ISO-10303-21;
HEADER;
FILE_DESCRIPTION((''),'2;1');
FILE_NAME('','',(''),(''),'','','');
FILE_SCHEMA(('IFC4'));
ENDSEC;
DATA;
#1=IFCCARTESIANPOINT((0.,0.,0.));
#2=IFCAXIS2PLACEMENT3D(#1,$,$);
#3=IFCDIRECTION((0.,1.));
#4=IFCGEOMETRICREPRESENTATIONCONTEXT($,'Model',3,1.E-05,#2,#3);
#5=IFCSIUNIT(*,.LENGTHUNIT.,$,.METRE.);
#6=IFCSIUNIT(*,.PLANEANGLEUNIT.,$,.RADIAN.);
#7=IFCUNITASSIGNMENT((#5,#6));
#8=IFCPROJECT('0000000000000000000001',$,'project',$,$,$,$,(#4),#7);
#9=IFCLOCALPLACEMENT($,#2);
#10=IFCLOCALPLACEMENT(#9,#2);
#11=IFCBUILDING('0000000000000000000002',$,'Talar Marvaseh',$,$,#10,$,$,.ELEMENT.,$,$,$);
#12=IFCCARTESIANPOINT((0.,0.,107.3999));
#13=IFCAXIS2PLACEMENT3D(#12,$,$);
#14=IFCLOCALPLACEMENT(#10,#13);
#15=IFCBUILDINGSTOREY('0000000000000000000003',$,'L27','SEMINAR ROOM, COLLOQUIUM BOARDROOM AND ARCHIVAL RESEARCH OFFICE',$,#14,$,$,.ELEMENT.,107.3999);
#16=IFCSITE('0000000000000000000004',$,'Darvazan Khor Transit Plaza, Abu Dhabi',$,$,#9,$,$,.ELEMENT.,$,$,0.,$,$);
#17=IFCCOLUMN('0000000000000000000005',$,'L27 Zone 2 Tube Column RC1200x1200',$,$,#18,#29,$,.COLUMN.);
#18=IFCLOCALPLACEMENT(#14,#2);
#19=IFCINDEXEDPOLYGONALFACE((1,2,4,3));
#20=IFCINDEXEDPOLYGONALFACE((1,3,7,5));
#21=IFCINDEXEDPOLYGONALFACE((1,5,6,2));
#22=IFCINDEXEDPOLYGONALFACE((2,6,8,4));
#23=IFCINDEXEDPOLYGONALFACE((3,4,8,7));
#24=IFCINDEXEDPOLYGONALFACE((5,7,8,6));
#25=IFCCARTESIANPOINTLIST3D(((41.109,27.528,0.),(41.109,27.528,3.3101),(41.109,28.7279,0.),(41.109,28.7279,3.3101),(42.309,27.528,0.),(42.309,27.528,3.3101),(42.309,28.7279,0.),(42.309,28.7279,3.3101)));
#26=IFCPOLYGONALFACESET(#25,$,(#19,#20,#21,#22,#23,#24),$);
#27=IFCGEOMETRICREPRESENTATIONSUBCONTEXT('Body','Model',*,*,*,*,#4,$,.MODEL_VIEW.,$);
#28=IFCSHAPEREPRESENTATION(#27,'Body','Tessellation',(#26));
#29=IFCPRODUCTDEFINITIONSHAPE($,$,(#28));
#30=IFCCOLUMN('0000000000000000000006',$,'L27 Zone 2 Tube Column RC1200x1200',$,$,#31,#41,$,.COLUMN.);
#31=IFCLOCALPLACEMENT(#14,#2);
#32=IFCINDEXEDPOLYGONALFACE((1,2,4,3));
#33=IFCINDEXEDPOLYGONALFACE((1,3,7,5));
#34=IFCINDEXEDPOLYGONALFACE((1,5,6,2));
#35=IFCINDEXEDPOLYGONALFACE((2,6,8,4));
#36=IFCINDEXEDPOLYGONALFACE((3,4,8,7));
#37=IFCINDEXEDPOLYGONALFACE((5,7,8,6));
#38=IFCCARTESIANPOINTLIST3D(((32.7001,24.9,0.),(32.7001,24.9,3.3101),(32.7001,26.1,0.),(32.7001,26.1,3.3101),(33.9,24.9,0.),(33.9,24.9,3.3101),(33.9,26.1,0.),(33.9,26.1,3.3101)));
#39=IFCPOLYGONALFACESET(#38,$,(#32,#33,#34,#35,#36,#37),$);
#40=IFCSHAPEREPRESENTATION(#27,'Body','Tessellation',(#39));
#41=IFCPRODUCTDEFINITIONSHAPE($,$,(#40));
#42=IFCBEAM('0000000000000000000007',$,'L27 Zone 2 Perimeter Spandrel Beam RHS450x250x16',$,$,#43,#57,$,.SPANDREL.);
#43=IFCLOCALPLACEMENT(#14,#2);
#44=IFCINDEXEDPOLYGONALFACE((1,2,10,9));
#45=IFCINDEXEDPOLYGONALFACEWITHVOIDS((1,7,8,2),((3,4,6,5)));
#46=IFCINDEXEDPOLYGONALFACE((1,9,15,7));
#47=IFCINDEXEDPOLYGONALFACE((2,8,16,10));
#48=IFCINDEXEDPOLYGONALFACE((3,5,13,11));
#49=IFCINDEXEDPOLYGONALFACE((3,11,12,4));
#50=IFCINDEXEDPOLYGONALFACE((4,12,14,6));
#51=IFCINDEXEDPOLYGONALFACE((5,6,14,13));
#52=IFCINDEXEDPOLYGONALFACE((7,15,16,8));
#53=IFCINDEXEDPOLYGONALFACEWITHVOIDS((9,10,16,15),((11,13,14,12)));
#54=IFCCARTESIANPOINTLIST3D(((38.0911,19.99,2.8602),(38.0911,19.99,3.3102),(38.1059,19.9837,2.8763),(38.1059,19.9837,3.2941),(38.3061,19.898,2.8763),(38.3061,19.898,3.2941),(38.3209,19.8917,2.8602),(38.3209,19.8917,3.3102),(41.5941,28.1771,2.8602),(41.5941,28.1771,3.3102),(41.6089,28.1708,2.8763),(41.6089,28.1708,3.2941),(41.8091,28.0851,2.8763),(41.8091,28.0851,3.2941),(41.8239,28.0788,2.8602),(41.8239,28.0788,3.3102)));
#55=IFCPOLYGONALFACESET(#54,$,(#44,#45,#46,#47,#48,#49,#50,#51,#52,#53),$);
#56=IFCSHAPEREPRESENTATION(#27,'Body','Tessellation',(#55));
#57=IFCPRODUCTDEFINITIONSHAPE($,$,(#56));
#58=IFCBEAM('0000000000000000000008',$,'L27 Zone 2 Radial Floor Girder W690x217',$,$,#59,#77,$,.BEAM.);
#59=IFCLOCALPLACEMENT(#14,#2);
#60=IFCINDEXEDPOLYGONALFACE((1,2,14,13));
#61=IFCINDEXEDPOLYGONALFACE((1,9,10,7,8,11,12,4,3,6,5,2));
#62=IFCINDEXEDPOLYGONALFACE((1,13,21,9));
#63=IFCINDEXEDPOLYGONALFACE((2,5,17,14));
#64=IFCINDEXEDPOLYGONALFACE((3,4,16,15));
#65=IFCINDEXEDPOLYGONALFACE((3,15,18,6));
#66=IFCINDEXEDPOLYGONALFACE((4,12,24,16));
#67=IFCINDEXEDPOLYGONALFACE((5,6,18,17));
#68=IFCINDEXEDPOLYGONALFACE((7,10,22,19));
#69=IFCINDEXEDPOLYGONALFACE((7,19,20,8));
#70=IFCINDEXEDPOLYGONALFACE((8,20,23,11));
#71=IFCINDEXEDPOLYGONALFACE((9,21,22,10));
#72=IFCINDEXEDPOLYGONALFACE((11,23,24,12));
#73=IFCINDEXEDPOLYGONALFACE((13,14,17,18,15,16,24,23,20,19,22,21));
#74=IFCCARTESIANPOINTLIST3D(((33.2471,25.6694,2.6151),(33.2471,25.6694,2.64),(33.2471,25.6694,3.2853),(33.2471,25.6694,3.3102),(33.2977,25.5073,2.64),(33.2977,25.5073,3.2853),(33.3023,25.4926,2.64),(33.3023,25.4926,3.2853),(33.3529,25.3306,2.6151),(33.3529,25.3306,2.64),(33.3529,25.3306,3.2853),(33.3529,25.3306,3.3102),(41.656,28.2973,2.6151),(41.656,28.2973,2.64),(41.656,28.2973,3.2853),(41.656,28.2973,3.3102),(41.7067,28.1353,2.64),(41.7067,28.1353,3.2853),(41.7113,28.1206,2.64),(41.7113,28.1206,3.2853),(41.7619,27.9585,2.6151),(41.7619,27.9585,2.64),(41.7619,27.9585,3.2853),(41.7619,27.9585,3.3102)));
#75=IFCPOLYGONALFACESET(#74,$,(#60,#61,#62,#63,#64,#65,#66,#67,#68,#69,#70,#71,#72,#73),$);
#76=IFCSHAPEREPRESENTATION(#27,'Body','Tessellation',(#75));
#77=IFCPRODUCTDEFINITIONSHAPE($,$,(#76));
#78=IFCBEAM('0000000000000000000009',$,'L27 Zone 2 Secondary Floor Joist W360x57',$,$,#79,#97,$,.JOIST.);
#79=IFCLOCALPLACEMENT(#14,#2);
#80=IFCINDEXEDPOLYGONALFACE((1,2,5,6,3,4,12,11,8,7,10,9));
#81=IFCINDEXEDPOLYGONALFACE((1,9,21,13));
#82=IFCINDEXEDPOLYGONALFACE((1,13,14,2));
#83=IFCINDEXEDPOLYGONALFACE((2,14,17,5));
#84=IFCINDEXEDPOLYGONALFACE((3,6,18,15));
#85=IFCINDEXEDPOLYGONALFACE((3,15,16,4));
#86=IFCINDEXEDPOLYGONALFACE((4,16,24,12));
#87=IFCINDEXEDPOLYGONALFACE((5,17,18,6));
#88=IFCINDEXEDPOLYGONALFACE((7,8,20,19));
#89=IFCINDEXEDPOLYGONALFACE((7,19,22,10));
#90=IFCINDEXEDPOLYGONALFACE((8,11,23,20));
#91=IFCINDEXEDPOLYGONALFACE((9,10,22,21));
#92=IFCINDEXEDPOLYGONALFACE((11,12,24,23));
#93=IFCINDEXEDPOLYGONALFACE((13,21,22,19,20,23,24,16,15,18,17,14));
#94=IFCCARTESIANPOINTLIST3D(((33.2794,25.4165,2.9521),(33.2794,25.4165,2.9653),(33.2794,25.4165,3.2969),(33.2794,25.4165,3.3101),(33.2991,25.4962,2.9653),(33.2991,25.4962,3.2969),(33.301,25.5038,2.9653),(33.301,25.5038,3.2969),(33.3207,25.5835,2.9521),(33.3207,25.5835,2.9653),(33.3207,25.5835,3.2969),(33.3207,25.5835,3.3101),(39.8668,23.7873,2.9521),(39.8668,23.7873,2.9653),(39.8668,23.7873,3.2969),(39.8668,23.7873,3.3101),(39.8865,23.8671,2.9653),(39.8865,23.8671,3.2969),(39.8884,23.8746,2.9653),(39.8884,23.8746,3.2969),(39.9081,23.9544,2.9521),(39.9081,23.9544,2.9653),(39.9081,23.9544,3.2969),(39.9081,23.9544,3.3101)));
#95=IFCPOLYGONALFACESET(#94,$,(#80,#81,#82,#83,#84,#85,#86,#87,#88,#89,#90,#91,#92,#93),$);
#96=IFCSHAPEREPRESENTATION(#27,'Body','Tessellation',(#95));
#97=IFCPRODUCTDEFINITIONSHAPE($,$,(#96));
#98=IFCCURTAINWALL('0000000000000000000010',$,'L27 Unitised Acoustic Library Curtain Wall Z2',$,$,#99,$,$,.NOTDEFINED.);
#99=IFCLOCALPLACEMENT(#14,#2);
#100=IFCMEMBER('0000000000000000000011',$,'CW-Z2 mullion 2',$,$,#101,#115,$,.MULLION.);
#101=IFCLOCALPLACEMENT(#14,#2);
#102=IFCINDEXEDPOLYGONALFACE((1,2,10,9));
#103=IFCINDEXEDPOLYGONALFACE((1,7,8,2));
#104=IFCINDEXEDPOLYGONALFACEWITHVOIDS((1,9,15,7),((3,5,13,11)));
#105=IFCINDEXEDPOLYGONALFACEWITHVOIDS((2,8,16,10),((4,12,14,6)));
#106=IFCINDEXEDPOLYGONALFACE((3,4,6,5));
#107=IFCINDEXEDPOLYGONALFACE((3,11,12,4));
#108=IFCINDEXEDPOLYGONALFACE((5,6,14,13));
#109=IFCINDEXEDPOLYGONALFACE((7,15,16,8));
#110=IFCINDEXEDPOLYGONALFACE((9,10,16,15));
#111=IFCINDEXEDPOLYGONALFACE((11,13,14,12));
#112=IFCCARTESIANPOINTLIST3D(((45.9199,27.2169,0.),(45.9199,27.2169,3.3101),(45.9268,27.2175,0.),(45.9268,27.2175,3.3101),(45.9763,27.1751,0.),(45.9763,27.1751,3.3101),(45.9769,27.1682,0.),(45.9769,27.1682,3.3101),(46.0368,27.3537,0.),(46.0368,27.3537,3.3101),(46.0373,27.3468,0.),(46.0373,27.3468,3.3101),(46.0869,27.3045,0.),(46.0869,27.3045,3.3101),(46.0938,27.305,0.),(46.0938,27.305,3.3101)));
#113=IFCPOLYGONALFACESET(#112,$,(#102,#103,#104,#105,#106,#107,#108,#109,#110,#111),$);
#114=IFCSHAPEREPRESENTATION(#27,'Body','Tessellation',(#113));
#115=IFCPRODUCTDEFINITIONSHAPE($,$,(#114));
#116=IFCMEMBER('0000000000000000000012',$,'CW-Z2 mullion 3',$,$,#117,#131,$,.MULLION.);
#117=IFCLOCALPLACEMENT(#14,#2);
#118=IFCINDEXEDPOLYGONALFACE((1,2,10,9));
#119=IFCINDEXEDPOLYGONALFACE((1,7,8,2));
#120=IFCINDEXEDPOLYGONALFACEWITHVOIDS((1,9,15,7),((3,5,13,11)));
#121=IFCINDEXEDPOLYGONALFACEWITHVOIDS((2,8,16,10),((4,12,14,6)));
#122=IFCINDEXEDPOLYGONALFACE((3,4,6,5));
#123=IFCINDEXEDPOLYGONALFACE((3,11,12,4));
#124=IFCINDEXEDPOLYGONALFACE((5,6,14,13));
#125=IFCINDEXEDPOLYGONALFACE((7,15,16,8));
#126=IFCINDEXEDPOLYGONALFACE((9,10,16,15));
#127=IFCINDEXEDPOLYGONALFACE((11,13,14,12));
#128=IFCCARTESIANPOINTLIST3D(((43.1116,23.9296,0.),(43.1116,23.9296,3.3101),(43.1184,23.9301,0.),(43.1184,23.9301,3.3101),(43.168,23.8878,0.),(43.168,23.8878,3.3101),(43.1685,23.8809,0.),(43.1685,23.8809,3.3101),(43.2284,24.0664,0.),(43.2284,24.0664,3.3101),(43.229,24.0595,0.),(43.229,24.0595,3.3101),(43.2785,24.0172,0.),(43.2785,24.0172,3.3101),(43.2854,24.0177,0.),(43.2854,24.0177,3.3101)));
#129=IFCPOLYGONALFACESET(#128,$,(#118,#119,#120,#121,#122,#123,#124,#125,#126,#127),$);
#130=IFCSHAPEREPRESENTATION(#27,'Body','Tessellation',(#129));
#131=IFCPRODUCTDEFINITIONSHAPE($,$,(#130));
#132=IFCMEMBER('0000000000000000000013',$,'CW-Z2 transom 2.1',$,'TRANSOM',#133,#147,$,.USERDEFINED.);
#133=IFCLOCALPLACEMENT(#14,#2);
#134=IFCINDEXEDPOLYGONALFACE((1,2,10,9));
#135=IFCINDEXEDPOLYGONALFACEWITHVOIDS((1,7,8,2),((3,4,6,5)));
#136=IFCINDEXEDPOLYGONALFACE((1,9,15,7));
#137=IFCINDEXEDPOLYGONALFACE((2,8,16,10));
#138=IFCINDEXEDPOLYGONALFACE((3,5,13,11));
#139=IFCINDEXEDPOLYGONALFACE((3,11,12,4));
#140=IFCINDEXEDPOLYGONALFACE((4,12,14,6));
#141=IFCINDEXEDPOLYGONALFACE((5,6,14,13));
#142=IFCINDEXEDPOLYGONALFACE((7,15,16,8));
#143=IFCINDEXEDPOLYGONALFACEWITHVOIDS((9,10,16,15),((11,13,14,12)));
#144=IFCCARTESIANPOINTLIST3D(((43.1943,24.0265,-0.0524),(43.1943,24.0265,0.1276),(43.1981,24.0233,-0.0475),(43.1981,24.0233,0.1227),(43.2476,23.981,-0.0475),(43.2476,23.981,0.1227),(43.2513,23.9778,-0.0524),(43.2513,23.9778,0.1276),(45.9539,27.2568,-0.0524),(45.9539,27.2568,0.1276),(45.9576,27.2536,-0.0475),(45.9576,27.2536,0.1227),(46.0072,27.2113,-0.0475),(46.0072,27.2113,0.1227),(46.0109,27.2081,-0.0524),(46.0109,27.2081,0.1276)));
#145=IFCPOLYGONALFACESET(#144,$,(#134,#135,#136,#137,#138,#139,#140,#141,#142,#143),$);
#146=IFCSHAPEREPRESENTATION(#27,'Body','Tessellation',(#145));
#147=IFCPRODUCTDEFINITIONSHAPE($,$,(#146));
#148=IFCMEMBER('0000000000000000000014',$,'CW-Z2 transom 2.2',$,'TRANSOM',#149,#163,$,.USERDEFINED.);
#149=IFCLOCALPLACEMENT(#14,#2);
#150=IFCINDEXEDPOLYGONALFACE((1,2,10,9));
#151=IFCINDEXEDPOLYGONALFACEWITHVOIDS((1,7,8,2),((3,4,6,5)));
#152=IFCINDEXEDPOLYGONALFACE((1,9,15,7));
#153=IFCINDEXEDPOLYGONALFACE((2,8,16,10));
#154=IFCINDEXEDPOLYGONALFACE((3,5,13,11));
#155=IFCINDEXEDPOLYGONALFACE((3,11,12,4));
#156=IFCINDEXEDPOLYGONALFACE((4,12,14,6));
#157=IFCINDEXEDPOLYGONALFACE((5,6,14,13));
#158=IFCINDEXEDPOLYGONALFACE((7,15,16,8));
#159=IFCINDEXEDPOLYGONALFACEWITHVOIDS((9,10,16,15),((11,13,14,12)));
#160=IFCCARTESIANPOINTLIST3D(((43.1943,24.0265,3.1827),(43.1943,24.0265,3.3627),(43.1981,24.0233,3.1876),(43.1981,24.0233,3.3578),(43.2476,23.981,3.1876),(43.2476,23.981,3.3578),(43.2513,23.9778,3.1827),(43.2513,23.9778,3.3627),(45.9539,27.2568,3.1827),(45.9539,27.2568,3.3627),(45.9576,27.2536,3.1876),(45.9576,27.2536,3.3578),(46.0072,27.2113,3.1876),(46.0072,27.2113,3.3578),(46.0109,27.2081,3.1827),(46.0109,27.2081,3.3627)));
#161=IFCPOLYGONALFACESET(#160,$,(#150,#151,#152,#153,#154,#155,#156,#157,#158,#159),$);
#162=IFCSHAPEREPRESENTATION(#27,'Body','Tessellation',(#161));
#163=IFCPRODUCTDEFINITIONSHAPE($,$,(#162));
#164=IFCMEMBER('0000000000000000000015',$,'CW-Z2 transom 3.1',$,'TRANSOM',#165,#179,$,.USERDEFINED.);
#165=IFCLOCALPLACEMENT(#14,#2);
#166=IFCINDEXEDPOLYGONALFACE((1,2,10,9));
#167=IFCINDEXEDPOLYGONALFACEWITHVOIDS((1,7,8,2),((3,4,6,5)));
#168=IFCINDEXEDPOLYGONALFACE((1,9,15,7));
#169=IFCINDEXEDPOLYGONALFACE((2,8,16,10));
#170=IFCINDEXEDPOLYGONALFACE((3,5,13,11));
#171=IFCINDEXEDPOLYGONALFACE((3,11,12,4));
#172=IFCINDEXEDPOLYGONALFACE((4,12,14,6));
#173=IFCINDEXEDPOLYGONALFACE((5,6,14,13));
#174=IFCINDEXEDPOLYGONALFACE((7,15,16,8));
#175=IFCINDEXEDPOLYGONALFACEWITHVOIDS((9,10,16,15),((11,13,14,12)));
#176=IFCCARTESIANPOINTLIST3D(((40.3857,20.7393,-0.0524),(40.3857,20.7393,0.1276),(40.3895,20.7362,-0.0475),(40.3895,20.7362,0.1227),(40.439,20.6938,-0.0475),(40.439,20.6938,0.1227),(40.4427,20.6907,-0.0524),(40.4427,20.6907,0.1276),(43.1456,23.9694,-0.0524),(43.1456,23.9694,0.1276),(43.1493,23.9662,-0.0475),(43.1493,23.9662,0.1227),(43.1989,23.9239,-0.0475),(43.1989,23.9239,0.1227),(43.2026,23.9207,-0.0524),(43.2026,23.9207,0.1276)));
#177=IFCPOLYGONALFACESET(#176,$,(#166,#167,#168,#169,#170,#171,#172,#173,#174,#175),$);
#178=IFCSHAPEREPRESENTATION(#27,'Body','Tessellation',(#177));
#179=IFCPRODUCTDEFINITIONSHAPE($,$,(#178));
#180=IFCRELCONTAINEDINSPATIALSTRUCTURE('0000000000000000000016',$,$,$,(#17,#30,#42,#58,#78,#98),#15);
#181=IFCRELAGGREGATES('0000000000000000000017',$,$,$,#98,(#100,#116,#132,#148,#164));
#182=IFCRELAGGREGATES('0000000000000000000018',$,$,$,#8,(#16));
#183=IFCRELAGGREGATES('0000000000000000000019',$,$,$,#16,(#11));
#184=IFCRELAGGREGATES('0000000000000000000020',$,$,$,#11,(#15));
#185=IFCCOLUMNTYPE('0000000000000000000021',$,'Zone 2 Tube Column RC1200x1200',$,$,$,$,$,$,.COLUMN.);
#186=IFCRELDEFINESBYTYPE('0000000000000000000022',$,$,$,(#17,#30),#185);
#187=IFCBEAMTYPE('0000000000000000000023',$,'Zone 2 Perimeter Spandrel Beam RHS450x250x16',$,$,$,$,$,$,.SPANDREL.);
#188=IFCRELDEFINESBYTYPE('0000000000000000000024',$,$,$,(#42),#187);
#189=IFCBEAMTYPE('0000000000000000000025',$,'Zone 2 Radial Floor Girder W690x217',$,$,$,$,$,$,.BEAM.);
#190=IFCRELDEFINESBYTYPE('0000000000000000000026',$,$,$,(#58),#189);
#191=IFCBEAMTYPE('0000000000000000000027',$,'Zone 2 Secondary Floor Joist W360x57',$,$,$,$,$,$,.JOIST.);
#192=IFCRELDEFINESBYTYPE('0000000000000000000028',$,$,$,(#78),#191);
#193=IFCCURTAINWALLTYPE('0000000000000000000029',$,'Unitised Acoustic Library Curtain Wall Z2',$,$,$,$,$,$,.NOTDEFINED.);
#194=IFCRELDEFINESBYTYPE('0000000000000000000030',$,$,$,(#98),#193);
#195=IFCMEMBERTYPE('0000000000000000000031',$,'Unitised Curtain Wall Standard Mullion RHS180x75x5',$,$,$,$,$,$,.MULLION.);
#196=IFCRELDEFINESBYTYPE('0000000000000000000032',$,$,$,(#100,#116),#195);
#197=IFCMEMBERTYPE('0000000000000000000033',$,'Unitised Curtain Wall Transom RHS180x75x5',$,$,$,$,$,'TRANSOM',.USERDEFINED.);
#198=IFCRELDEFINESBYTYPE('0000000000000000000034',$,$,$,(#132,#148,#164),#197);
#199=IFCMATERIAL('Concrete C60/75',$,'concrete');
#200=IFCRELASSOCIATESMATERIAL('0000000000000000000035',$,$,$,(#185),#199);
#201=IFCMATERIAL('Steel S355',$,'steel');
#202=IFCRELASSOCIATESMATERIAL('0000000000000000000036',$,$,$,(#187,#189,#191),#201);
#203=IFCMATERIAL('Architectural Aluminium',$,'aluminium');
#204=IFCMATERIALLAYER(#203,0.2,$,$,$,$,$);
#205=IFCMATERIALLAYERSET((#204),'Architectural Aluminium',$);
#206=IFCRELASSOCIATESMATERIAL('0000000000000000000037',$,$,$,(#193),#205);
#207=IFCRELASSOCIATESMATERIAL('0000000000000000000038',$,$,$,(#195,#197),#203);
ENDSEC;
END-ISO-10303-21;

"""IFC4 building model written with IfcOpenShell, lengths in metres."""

from ifc_helpers import new_model, si_unit, direction, frame, origin, origin_2d, place, context, subcontext, project, spatial, rectangle, hollow_rectangle, i_section, extrude, source, transform, mapped, material, layer, layer_set, material_profile, profile_set, type_object, type_shapes, element, aggregate, save


model = new_model("IFC4")

# Units and contexts
model_context = context("Model", 3, precision=1e-05, world=origin(), true_north=direction((0.0, 1.0)))
body_context = subcontext(model_context, "Body", "Model", "MODEL_VIEW")
ifc_project = project(units=[si_unit("LENGTHUNIT", "METRE"), si_unit("PLANEANGLEUNIT", "RADIAN")], contexts=[model_context])

# Site, building, storey
site_placement = place(None, origin())
site = spatial("IfcSite", under=ifc_project, at=site_placement, Name="Darvazan Khor Transit Plaza, Abu Dhabi", CompositionType="ELEMENT", RefElevation=0.0)
building_placement = place(site_placement, origin())
building = spatial("IfcBuilding", under=site, at=building_placement, Name="Talar Marvaseh", CompositionType="ELEMENT")
storey_placement = place(building_placement, frame((0.0, 0.0, 107.3999)))
storey = spatial("IfcBuildingStorey", under=building, at=storey_placement, Name="L27", Description="SEMINAR ROOM, COLLOQUIUM BOARDROOM AND ARCHIVAL RESEARCH OFFICE", CompositionType="ELEMENT", Elevation=107.3999)

# Columns
ifc_material_1 = material(Name="Concrete C60/75", Category="concrete")
ifc_material_profile_1 = material_profile(ifc_material_1, rectangle(XDim=1.2, YDim=1.2, at=origin_2d()), Name="RC1200x1200")
ifc_profile_set_1 = profile_set([ifc_material_profile_1], Name="Concrete C60/75")
column_type = type_object("IfcColumnType", Name="Zone 2 Tube Column RC1200x1200", PredefinedType="COLUMN", material=ifc_profile_set_1)
for number, where, z_axis, x_axis, name in (
    (1, (41.709, 28.1279, 0.0), (0.0, 0.0, 1.0), (1.0, 0.0, 0.0), "L27 Zone 2 Tube Column RC1200x1200"),
    (2, (33.3, 25.5, 0.0), (0.0, 0.0, 1.0), (1.0, 0.0, 0.0), "L27 Zone 2 Tube Column RC1200x1200"),
):
    element("IfcColumn", number, at=place(storey_placement, frame(where, z_axis=z_axis, x_axis=x_axis)), inside=storey, type_object=column_type, Name=name, PredefinedType="COLUMN", context=body_context, shape_type="SweptSolid", body=[
        extrude(rectangle(XDim=1.2, YDim=1.2, at=origin_2d()), origin(), (0.0, 0.0, 1.0), 3.3101),
    ])

# Beams
ifc_material_2 = material(Name="Steel S355", Category="steel")
ifc_material_profile_2 = material_profile(ifc_material_2, hollow_rectangle(XDim=0.25, YDim=0.45, WallThickness=0.0161, at=origin_2d()), Name="RHS450x250x16")
ifc_profile_set_2 = profile_set([ifc_material_profile_2], Name="Steel S355")
beam_type_1 = type_object("IfcBeamType", Name="Zone 2 Perimeter Spandrel Beam RHS450x250x16", PredefinedType="SPANDREL", material=ifc_profile_set_2)
beam_1_placement = place(storey_placement, frame((41.709, 28.1279, 3.0852), z_axis=(-0.39337, -0.91938, 0.0), x_axis=(0.91938, -0.39337, 0.0)))
element("IfcBeam", 3, at=beam_1_placement, inside=storey, type_object=beam_type_1, Name="L27 Zone 2 Perimeter Spandrel Beam RHS450x250x16", PredefinedType="SPANDREL", context=body_context, shape_type="SweptSolid", body=[
    extrude(hollow_rectangle(XDim=0.25, YDim=0.45, WallThickness=0.0161, at=origin_2d()), origin(), (0.0, 0.0, 1.0), 8.905),
])
ifc_material_profile_3 = material_profile(ifc_material_2, i_section(OverallWidth=0.355, OverallDepth=0.6951, WebThickness=0.0154, FlangeThickness=0.0249, at=origin_2d()), Name="W690x217")
ifc_profile_set_3 = profile_set([ifc_material_profile_3], Name="Steel S355")
beam_type_2 = type_object("IfcBeamType", Name="Zone 2 Radial Floor Girder W690x217", PredefinedType="BEAM", material=ifc_profile_set_3)
beam_2_placement = place(storey_placement, frame((41.709, 28.1279, 2.9626), z_axis=(-0.954476, -0.298289, 0.0), x_axis=(0.298289, -0.954476, 0.0)))
element("IfcBeam", 4, at=beam_2_placement, inside=storey, type_object=beam_type_2, Name="L27 Zone 2 Radial Floor Girder W690x217", PredefinedType="BEAM", context=body_context, shape_type="SweptSolid", body=[
    extrude(i_section(OverallWidth=0.355, OverallDepth=0.6951, WebThickness=0.0154, FlangeThickness=0.0249, at=origin_2d()), origin(), (0.0, 0.0, 1.0), 8.8101),
])
ifc_material_profile_4 = material_profile(ifc_material_2, i_section(OverallWidth=0.1721, OverallDepth=0.3579, WebThickness=0.0078, FlangeThickness=0.0132, at=origin_2d()), Name="W360x57")
ifc_profile_set_4 = profile_set([ifc_material_profile_4], Name="Steel S355")
beam_type_3 = type_object("IfcBeamType", Name="Zone 2 Secondary Floor Joist W360x57", PredefinedType="JOIST", material=ifc_profile_set_4)
beam_3_placement = place(storey_placement, frame((39.8875, 23.8708, 3.1311), z_axis=(-0.970753, 0.24008, 0.0), x_axis=(-0.24008, -0.970753, 0.0)))
element("IfcBeam", 5, at=beam_3_placement, inside=storey, type_object=beam_type_3, Name="L27 Zone 2 Secondary Floor Joist W360x57", PredefinedType="JOIST", context=body_context, shape_type="SweptSolid", body=[
    extrude(i_section(OverallWidth=0.1721, OverallDepth=0.3579, WebThickness=0.0078, FlangeThickness=0.0132, at=origin_2d()), origin(), (0.0, 0.0, 1.0), 6.7859),
])

# Curtain wall, members
ifc_material_3 = material(Name="Architectural Aluminium", Category="aluminium")
ifc_layer_1 = layer(ifc_material_3, 0.2)
ifc_layer_set_1 = layer_set([ifc_layer_1], Name="Architectural Aluminium")
curtain_wall_type = type_object("IfcCurtainWallType", Name="Unitised Acoustic Library Curtain Wall Z2", PredefinedType="NOTDEFINED", material=ifc_layer_set_1)
curtain_wall_placement = place(storey_placement, origin())
curtain_wall = element("IfcCurtainWall", 6, at=curtain_wall_placement, inside=storey, type_object=curtain_wall_type, Name="L27 Unitised Acoustic Library Curtain Wall Z2", PredefinedType="NOTDEFINED")
ifc_material_profile_5 = material_profile(ifc_material_3, hollow_rectangle(XDim=0.075, YDim=0.1799, WallThickness=0.0049, at=origin_2d()), Name="RHS180x75x5")
ifc_profile_set_5 = profile_set([ifc_material_profile_5], Name="Architectural Aluminium")
member_type_1 = type_object("IfcMemberType", Name="Unitised Curtain Wall Standard Mullion RHS180x75x5", PredefinedType="MULLION", material=ifc_profile_set_5)
shared_shape_1 = source(origin(), body_context, "Body", "SweptSolid", [
    extrude(hollow_rectangle(XDim=0.075, YDim=0.1799, WallThickness=0.0049, at=origin_2d()), origin(), (0.0, 0.0, 1.0), 3.3101),
])
type_shapes(member_type_1, [shared_shape_1])
member_1_placement = place(storey_placement, frame((46.0068, 27.261, 0.0), z_axis=(0.0, 0.0, 1.0), x_axis=(0.760305, -0.649567, 0.0)))
member_1 = element("IfcMember", 7, at=member_1_placement, type_object=member_type_1, Name="CW-Z2 mullion 2", PredefinedType="MULLION", context=body_context, shape_type="MappedRepresentation", body=[
    mapped(shared_shape_1, transform((0.0, 0.0, 0.0), x_axis=(1.0, 0.0, 0.0), y_axis=(0.0, 1.0, 0.0), z_axis=(0.0, 0.0, 1.0), scale=1.0)),
])
member_2_placement = place(storey_placement, frame((43.1985, 23.9736, 0.0), z_axis=(0.0, 0.0, 1.0), x_axis=(0.760305, -0.649567, 0.0)))
member_2 = element("IfcMember", 8, at=member_2_placement, type_object=member_type_1, Name="CW-Z2 mullion 3", PredefinedType="MULLION", context=body_context, shape_type="MappedRepresentation", body=[
    mapped(shared_shape_1, transform((0.0, 0.0, 0.0), x_axis=(1.0, 0.0, 0.0), y_axis=(0.0, 1.0, 0.0), z_axis=(0.0, 0.0, 1.0), scale=1.0)),
])
ifc_material_profile_6 = material_profile(ifc_material_3, hollow_rectangle(XDim=0.075, YDim=0.1799, WallThickness=0.0049, at=origin_2d()), Name="RHS180x75x5")
ifc_profile_set_6 = profile_set([ifc_material_profile_6], Name="Architectural Aluminium")
member_type_2 = type_object("IfcMemberType", Name="Unitised Curtain Wall Transom RHS180x75x5", ElementType="TRANSOM", PredefinedType="USERDEFINED", material=ifc_profile_set_6)
shared_shape_2 = source(origin(), body_context, "Body", "SweptSolid", [
    extrude(hollow_rectangle(XDim=0.075, YDim=0.1799, WallThickness=0.0049, at=origin_2d()), origin(), (0.0, 0.0, 1.0), 4.2485),
])
type_shapes(member_type_2, [shared_shape_2])
member_3_placement = place(storey_placement, frame((45.9824, 27.2324, 0.0376), z_axis=(-0.649536, -0.760331, 0.0), x_axis=(0.760331, -0.649536, 0.0)))
member_3 = element("IfcMember", 9, at=member_3_placement, type_object=member_type_2, Name="CW-Z2 transom 2.1", ObjectType="TRANSOM", PredefinedType="USERDEFINED", context=body_context, shape_type="MappedRepresentation", body=[
    mapped(shared_shape_2, transform((0.0, 0.0, 0.0), x_axis=(1.0, 0.0, 0.0), y_axis=(0.0, 1.0, 0.0), z_axis=(0.0, 0.0, 1.0), scale=1.0)),
])
member_4_placement = place(storey_placement, frame((45.9824, 27.2324, 3.2727), z_axis=(-0.649536, -0.760331, 0.0), x_axis=(0.760331, -0.649536, 0.0)))
member_4 = element("IfcMember", 10, at=member_4_placement, type_object=member_type_2, Name="CW-Z2 transom 2.2", ObjectType="TRANSOM", PredefinedType="USERDEFINED", context=body_context, shape_type="MappedRepresentation", body=[
    mapped(shared_shape_2, transform((0.0, 0.0, 0.0), x_axis=(1.0, 0.0, 0.0), y_axis=(0.0, 1.0, 0.0), z_axis=(0.0, 0.0, 1.0), scale=1.0)),
])
member_5_placement = place(storey_placement, frame((43.1741, 23.9451, 0.0376), z_axis=(-0.649598, -0.760278, 0.0), x_axis=(0.760278, -0.649598, 0.0)))
member_5 = element("IfcMember", 11, at=member_5_placement, type_object=member_type_2, Name="CW-Z2 transom 3.1", ObjectType="TRANSOM", PredefinedType="USERDEFINED", context=body_context, shape_type="MappedRepresentation", body=[
    mapped(shared_shape_2, transform((0.0, 0.0, 0.0), x_axis=(1.0, 0.0, 0.0), y_axis=(0.0, 1.0, 0.0), z_axis=(0.0, 0.0, 1.0), scale=1.0)),
])
aggregate(curtain_wall, [member_1, member_2, member_3, member_4, member_5])

save(model, "model.ifc")
